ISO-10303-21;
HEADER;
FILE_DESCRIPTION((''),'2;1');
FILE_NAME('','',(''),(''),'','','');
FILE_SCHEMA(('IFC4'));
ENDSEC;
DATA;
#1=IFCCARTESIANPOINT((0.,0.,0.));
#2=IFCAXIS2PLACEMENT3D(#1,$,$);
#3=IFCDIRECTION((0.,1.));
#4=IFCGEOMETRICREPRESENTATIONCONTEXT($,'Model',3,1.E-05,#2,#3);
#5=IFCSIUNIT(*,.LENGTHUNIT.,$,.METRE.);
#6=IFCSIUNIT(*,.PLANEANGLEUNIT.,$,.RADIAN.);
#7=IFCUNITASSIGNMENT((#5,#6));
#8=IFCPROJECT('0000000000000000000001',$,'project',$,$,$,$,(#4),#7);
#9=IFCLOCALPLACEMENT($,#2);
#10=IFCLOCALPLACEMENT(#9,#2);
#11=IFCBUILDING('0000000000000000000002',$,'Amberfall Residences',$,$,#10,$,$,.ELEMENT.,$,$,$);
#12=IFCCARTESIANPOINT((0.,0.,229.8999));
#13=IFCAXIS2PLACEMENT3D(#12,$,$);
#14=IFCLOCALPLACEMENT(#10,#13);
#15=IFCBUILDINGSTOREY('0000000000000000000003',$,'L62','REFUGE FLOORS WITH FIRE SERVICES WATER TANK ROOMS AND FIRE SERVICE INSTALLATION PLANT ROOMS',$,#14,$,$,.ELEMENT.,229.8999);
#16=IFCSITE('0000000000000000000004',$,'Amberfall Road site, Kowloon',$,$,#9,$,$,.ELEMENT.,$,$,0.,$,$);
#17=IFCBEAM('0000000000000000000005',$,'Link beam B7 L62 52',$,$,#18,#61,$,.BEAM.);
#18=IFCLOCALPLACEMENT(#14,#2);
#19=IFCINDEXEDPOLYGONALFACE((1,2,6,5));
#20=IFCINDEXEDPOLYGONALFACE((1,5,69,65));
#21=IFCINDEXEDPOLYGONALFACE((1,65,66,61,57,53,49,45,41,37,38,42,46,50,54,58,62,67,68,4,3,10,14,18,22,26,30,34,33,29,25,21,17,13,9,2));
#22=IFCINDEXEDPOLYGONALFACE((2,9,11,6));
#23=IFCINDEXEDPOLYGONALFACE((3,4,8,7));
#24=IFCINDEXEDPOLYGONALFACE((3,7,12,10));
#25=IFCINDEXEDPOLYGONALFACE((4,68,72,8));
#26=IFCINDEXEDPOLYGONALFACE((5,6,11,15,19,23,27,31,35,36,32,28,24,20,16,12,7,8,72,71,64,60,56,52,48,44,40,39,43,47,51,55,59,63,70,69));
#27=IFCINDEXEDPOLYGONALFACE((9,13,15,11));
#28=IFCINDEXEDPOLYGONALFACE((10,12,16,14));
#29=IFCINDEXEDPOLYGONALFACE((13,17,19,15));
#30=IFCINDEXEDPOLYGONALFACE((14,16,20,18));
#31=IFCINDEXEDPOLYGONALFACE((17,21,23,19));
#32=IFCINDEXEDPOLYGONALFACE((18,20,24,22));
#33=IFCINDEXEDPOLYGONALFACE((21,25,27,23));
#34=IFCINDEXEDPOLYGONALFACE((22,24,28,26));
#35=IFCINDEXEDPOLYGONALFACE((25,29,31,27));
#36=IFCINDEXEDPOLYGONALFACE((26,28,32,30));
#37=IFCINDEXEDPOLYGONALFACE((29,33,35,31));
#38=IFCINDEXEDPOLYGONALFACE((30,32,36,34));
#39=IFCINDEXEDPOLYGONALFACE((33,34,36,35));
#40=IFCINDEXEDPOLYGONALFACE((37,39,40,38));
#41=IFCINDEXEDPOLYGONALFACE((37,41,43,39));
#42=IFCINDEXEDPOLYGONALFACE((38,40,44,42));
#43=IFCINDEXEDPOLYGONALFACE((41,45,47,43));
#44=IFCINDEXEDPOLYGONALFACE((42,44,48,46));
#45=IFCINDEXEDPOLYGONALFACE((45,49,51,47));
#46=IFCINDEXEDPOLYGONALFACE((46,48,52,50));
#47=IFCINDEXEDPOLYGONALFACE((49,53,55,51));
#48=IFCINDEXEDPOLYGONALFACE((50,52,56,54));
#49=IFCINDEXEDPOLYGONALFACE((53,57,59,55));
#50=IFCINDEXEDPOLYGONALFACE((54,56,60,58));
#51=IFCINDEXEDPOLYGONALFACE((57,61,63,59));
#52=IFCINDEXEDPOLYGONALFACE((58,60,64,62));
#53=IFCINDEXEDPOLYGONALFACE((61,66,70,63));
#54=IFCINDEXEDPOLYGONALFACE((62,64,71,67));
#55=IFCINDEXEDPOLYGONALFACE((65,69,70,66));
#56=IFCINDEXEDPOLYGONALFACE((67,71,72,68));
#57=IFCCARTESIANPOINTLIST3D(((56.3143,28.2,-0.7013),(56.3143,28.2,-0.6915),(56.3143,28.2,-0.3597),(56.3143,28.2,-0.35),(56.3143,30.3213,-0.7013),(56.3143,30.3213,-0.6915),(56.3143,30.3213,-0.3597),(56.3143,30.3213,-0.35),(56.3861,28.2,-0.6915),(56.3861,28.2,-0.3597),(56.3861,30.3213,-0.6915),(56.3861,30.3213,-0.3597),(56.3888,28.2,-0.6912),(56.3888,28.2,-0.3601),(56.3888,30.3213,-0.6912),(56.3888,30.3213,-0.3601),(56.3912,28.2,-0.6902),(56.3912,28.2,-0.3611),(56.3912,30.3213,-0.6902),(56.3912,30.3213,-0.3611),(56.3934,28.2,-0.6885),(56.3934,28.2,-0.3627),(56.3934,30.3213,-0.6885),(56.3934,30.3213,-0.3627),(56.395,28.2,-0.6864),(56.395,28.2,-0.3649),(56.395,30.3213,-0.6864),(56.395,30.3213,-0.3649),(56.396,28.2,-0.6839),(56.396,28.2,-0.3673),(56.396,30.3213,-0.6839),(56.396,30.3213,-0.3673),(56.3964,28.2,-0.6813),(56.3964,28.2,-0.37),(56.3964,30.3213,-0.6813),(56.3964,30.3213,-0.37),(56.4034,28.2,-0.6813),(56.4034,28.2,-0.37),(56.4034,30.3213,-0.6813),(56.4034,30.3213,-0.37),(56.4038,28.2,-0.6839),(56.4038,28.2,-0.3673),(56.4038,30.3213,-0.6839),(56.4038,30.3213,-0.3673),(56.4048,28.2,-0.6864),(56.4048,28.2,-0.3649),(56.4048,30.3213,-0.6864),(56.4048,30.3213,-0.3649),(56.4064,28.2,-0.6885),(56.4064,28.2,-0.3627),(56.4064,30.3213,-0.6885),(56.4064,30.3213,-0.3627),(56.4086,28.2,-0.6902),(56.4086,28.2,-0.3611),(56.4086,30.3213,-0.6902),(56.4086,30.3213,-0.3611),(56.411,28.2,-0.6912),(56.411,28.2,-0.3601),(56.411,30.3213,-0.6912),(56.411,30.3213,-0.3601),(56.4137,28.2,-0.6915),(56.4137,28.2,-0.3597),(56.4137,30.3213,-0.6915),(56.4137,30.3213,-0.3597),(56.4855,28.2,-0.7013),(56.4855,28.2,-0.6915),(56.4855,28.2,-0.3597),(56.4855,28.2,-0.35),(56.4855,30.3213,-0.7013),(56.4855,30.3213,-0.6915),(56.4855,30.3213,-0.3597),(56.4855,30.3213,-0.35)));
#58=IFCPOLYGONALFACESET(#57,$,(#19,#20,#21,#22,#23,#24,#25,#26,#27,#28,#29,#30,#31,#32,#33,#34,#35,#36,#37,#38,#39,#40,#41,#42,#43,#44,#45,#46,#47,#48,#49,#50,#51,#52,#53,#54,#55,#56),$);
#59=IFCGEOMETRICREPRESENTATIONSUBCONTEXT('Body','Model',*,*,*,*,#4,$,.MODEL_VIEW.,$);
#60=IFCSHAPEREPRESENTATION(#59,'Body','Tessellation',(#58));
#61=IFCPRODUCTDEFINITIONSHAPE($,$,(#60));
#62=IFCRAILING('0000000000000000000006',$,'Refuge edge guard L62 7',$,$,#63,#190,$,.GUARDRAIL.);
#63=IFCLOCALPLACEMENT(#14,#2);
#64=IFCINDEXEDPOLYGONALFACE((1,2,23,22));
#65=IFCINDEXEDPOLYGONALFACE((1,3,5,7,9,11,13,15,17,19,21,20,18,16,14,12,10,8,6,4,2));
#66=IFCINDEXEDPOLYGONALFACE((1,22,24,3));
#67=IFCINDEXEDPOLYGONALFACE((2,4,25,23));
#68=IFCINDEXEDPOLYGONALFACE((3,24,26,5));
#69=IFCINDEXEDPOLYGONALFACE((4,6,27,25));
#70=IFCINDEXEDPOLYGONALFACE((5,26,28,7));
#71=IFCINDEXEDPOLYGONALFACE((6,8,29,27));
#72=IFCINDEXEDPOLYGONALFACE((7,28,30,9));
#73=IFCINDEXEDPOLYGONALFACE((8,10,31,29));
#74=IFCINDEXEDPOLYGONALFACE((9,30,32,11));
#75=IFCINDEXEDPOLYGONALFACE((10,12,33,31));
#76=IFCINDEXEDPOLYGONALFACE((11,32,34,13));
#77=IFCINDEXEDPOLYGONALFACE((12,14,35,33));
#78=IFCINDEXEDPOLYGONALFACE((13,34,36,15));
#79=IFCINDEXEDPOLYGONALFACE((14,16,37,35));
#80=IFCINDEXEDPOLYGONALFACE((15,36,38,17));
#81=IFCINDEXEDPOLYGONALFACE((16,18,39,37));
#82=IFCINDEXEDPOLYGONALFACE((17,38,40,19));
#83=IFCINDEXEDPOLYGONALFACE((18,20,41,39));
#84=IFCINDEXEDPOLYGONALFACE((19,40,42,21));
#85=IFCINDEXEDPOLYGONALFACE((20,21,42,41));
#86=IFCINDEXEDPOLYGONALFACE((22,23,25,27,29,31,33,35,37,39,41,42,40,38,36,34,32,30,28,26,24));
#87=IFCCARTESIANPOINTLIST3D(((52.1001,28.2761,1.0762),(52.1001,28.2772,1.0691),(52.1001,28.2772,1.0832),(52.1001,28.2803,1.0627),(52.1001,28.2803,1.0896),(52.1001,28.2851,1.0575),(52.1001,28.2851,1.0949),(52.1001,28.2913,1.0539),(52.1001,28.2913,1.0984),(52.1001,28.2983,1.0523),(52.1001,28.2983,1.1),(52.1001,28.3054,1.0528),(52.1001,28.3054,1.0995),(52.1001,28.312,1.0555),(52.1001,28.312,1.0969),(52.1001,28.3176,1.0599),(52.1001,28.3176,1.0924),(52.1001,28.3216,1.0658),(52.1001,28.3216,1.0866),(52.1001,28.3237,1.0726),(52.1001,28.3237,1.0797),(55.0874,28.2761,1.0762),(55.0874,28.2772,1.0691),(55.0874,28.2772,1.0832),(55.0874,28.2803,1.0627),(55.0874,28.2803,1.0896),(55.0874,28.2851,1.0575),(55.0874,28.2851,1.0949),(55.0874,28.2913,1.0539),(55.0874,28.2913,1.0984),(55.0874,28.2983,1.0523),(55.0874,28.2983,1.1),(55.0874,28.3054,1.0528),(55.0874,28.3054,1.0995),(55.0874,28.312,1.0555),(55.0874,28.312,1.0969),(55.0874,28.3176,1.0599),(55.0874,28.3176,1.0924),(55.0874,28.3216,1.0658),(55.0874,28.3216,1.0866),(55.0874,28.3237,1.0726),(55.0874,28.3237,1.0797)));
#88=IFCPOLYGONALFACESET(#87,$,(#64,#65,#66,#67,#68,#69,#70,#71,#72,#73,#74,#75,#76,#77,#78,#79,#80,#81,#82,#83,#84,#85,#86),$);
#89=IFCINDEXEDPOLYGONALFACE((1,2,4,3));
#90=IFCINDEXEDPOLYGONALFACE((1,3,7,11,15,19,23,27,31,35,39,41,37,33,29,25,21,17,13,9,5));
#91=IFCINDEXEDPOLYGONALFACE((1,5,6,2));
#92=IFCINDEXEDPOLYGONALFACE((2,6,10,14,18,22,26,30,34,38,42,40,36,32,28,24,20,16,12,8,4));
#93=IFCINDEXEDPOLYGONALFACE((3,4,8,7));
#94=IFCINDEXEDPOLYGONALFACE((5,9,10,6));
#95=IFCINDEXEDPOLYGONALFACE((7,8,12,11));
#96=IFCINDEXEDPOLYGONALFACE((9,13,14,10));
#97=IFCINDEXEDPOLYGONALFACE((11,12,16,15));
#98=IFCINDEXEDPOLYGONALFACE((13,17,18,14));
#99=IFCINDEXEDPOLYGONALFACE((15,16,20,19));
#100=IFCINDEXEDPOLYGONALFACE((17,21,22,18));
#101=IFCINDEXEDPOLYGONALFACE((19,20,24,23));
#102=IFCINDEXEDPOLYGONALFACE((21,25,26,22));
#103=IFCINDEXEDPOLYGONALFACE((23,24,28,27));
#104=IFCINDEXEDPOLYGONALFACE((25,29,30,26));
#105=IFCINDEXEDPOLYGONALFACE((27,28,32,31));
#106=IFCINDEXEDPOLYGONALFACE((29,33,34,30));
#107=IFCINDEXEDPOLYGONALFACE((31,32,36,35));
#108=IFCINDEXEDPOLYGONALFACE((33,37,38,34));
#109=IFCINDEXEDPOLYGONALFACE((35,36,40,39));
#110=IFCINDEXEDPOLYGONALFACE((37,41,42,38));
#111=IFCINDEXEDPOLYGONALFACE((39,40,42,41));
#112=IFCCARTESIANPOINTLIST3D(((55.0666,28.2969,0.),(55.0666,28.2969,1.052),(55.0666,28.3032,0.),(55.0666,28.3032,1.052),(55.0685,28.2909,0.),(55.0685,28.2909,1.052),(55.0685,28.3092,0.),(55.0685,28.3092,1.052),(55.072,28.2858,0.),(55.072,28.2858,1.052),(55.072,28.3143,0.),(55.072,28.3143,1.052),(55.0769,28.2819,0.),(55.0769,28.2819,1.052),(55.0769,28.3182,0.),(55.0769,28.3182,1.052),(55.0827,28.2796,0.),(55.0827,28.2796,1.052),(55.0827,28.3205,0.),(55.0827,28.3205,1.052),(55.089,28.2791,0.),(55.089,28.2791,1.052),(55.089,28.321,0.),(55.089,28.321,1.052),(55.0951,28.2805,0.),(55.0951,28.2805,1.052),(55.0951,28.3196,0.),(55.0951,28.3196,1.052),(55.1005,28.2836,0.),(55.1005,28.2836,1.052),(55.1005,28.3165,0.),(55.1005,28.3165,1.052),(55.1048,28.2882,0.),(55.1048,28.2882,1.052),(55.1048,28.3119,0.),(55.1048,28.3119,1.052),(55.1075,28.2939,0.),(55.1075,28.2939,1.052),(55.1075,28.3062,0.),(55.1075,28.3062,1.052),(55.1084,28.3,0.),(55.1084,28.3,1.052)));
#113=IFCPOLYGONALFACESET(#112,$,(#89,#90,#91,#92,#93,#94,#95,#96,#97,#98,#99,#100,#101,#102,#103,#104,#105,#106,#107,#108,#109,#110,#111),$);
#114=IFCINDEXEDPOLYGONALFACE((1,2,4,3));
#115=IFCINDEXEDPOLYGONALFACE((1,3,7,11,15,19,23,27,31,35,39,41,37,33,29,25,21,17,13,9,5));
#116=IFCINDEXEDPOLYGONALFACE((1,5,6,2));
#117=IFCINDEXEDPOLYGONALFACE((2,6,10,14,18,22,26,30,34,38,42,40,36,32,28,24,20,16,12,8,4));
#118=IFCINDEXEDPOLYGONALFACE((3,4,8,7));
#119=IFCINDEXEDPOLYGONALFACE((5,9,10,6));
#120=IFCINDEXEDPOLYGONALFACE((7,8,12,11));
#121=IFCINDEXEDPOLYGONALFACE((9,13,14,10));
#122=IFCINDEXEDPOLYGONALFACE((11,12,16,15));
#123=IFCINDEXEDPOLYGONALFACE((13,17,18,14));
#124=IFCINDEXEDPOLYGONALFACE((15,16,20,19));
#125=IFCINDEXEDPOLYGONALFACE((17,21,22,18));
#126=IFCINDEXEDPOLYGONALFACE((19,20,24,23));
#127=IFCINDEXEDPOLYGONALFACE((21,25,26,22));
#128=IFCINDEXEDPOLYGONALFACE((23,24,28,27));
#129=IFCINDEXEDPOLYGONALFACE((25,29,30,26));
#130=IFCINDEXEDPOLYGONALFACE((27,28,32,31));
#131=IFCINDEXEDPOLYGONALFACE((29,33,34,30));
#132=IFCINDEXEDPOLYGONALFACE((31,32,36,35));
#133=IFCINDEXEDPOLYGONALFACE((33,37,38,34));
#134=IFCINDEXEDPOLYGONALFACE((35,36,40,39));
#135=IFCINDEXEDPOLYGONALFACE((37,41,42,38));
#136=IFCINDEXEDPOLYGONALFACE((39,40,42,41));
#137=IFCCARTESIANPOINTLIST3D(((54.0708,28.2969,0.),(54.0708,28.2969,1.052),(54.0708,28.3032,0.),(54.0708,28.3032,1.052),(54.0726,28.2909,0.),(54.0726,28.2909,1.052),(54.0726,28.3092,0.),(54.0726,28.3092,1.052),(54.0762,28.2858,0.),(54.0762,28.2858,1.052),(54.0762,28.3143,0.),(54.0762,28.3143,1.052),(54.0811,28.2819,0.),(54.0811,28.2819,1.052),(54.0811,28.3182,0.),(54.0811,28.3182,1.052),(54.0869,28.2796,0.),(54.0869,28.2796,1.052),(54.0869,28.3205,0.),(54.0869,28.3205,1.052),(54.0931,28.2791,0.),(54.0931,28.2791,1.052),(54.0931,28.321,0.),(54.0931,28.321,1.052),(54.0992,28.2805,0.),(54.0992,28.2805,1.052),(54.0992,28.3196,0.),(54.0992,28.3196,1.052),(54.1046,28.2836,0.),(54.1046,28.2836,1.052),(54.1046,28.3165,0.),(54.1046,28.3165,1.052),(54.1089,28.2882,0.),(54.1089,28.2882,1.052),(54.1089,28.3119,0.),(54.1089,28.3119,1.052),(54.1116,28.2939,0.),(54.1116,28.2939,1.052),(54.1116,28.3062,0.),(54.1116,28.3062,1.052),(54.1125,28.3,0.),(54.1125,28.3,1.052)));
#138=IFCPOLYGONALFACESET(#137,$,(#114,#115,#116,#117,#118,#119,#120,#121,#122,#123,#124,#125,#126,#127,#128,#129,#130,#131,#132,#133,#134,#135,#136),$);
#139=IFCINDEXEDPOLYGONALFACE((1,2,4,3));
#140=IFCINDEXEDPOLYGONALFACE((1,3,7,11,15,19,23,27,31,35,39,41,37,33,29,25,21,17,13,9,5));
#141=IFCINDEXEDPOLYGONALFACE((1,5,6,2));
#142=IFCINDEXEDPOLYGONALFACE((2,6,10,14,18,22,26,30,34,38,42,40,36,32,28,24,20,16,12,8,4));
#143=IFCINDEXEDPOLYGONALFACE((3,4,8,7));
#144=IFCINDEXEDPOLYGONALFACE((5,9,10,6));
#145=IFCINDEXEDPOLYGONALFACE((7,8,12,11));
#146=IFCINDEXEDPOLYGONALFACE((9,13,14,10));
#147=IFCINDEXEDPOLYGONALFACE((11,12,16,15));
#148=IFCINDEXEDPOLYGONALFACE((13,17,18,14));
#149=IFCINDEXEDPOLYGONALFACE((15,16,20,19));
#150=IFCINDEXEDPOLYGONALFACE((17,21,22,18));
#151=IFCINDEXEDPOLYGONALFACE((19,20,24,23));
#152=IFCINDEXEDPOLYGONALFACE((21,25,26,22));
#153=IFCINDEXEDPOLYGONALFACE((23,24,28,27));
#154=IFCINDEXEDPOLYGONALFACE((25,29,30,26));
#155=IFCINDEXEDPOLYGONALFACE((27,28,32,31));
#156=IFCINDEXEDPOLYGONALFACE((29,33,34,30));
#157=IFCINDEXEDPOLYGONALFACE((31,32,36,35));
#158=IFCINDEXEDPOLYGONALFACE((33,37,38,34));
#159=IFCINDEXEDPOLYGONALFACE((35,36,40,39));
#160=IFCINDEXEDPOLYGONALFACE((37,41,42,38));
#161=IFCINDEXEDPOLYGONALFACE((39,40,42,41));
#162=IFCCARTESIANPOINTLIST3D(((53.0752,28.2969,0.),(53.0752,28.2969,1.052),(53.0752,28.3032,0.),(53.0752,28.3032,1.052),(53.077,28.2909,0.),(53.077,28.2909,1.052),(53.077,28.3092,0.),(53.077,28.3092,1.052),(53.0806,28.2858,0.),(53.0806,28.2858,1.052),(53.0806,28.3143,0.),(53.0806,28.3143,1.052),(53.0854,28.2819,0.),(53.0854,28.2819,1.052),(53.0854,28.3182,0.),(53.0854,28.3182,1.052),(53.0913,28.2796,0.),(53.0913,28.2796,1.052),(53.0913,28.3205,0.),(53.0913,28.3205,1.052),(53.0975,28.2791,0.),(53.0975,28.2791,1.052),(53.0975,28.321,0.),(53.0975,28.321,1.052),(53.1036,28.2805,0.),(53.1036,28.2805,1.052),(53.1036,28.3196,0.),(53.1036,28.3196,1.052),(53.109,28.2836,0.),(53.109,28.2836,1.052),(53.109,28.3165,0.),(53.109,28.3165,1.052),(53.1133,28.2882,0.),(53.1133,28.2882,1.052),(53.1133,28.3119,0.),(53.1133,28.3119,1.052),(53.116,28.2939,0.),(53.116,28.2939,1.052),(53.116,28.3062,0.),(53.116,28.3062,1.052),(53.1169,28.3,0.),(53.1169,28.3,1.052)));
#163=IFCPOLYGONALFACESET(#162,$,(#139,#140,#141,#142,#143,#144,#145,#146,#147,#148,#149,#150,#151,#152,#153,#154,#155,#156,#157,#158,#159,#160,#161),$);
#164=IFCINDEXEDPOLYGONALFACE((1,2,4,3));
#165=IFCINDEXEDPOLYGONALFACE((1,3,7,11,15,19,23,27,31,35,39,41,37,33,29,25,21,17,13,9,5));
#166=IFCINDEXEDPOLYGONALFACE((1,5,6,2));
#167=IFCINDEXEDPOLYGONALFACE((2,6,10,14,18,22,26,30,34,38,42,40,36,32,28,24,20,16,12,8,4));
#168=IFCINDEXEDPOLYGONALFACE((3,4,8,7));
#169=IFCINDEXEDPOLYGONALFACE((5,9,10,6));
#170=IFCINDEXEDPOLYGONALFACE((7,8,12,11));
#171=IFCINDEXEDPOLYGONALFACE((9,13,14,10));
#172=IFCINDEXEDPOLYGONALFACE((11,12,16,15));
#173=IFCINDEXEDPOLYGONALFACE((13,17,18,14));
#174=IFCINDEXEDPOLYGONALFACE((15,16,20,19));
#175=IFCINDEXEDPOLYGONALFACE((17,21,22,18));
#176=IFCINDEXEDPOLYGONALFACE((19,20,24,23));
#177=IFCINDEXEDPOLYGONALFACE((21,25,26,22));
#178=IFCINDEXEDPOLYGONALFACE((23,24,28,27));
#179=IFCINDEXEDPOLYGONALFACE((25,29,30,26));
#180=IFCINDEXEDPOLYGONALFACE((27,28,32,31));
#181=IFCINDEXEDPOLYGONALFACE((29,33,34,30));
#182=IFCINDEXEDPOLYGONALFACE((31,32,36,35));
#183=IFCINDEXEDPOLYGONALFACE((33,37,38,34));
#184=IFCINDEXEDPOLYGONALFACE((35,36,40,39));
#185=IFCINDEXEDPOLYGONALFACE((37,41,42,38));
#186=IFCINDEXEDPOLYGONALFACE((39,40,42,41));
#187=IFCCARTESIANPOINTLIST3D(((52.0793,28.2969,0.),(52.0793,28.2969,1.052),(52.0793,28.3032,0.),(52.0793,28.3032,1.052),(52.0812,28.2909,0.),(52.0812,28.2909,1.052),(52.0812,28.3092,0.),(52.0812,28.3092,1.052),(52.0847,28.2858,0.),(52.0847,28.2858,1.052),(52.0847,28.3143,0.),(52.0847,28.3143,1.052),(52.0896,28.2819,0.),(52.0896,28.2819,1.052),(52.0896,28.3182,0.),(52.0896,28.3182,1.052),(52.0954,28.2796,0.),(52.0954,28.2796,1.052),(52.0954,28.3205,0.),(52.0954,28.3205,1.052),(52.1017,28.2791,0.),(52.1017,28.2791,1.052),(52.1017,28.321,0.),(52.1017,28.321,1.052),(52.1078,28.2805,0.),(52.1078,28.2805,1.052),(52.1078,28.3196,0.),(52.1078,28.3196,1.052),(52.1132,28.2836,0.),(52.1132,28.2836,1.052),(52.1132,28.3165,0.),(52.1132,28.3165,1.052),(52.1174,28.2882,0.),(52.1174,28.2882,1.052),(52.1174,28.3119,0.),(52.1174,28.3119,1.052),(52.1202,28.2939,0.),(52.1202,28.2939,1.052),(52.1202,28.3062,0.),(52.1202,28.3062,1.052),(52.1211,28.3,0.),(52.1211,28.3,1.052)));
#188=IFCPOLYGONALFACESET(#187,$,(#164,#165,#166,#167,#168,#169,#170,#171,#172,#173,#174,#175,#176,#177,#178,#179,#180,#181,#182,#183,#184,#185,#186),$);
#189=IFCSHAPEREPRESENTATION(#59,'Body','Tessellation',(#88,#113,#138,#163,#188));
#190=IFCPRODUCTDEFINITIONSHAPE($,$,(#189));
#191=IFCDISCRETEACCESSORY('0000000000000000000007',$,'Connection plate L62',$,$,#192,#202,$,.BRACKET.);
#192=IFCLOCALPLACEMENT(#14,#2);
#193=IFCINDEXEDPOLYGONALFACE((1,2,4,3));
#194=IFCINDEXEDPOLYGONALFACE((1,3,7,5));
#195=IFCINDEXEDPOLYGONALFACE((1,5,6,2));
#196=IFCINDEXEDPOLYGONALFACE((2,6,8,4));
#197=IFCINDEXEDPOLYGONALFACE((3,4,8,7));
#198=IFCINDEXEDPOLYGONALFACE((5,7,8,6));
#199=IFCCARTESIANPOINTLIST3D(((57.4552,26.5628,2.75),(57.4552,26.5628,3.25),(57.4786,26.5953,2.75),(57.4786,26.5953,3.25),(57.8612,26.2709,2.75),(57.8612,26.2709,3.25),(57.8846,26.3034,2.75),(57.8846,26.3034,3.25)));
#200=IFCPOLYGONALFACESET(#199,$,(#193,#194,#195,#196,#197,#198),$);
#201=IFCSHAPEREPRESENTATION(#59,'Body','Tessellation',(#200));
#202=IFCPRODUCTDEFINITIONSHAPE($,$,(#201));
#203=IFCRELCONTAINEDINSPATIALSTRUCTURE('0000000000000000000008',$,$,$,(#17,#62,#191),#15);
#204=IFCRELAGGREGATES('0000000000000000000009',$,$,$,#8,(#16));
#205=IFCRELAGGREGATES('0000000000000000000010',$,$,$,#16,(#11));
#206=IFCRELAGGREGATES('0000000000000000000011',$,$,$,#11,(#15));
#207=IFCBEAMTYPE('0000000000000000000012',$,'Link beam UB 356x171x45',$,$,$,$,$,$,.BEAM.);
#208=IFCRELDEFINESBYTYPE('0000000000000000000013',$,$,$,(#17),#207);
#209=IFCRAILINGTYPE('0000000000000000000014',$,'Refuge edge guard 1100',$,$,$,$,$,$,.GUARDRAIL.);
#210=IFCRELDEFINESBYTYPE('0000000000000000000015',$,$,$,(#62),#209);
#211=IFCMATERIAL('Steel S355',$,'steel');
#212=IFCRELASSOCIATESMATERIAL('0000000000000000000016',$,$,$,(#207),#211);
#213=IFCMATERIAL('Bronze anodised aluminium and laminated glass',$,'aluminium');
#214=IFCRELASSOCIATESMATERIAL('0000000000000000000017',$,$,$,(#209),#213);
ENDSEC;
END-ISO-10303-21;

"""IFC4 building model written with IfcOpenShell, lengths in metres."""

from ifc_helpers import new_model, si_unit, direction, frame, origin, origin_2d, place, context, subcontext, project, spatial, rectangle, circle, i_section, extrude, material, material_profile, profile_set, type_object, element, save


model = new_model("IFC4")

# Units and contexts
model_context = context("Model", 3, precision=1e-05, world=origin(), true_north=direction((0.0, 1.0)))
body_context = subcontext(model_context, "Body", "Model", "MODEL_VIEW")
ifc_project = project(units=[si_unit("LENGTHUNIT", "METRE"), si_unit("PLANEANGLEUNIT", "RADIAN")], contexts=[model_context])

# Site, building, storey
site_placement = place(None, origin())
site = spatial("IfcSite", under=ifc_project, at=site_placement, Name="Amberfall Road site, Kowloon", CompositionType="ELEMENT", RefElevation=0.0)
building_placement = place(site_placement, origin())
building = spatial("IfcBuilding", under=site, at=building_placement, Name="Amberfall Residences", CompositionType="ELEMENT")
storey_placement = place(building_placement, frame((0.0, 0.0, 229.8999)))
storey = spatial("IfcBuildingStorey", under=building, at=storey_placement, Name="L62", Description="REFUGE FLOORS WITH FIRE SERVICES WATER TANK ROOMS AND FIRE SERVICE INSTALLATION PLANT ROOMS", CompositionType="ELEMENT", Elevation=229.8999)

# Shared definitions
ifc_material_1 = material(Name="Steel S355", Category="steel")

# Beam
ifc_material_profile_1 = material_profile(ifc_material_1, i_section(OverallWidth=0.1711, OverallDepth=0.3513, WebThickness=0.0071, FlangeThickness=0.0098, FilletRadius=0.0103, at=origin_2d()), Name="UB 356x171x45")
ifc_profile_set_1 = profile_set([ifc_material_profile_1], Name="Steel S355")
beam_type_1 = type_object("IfcBeamType", Name="Link beam UB 356x171x45", PredefinedType="BEAM", material=ifc_profile_set_1)
beam_1_placement = place(storey_placement, frame((56.3999, 28.2, -0.5256), z_axis=(0.0, 1.0, 0.0), x_axis=(-1.0, 0.0, 0.0)))
element("IfcBeam", 1, at=beam_1_placement, inside=storey, type_object=beam_type_1, Name="Link beam B7 L62 52", PredefinedType="BEAM", context=body_context, shape_type="SweptSolid", body=[
    extrude(i_section(OverallWidth=0.1711, OverallDepth=0.3513, WebThickness=0.0071, FlangeThickness=0.0098, FilletRadius=0.0103, at=origin_2d()), origin(), (0.0, 0.0, 1.0), 2.1213),
])

# Railing
ifc_material_2 = material(Name="Bronze anodised aluminium and laminated glass", Category="aluminium")
railing_type = type_object("IfcRailingType", Name="Refuge edge guard 1100", PredefinedType="GUARDRAIL", material=ifc_material_2)
railing_placement = place(storey_placement, frame((55.0874, 28.3, 0.0)))
element("IfcRailing", 2, at=railing_placement, inside=storey, type_object=railing_type, Name="Refuge edge guard L62 7", PredefinedType="GUARDRAIL", context=body_context, shape_type="SweptSolid", body=[
    extrude(circle(Radius=0.0239, at=origin_2d()), frame((0.0, 0.0, 1.0762), z_axis=(-1.0, 0.0, 0.0), x_axis=(0.0, -1.0, 0.0)), (0.0, 0.0, 1.0), 2.9873),
    extrude(circle(Radius=0.021, at=origin_2d()), origin(), (0.0, 0.0, 1.0), 1.052),
    extrude(circle(Radius=0.021, at=origin_2d()), frame((-0.9958, 0.0, 0.0)), (0.0, 0.0, 1.0), 1.052),
    extrude(circle(Radius=0.021, at=origin_2d()), frame((-1.9915, 0.0, 0.0)), (0.0, 0.0, 1.0), 1.052),
    extrude(circle(Radius=0.021, at=origin_2d()), frame((-2.9873, 0.0, 0.0)), (0.0, 0.0, 1.0), 1.052),
])

# Discrete accessory
for number, where, z_axis, x_axis, name in (
    (3, (57.6699, 26.4331, 2.75), (0.0, 0.0, 1.0), (0.812002, -0.583655, 0.0), "Connection plate L62"),
):
    element("IfcDiscreteAccessory", number, at=place(storey_placement, frame(where, z_axis=z_axis, x_axis=x_axis)), inside=storey, Name=name, PredefinedType="BRACKET", context=body_context, shape_type="SweptSolid", body=[
        extrude(rectangle(XDim=0.5, YDim=0.04, at=origin_2d()), origin(), (0.0, 0.0, 1.0), 0.5),
    ])

save(model, "model.ifc")
